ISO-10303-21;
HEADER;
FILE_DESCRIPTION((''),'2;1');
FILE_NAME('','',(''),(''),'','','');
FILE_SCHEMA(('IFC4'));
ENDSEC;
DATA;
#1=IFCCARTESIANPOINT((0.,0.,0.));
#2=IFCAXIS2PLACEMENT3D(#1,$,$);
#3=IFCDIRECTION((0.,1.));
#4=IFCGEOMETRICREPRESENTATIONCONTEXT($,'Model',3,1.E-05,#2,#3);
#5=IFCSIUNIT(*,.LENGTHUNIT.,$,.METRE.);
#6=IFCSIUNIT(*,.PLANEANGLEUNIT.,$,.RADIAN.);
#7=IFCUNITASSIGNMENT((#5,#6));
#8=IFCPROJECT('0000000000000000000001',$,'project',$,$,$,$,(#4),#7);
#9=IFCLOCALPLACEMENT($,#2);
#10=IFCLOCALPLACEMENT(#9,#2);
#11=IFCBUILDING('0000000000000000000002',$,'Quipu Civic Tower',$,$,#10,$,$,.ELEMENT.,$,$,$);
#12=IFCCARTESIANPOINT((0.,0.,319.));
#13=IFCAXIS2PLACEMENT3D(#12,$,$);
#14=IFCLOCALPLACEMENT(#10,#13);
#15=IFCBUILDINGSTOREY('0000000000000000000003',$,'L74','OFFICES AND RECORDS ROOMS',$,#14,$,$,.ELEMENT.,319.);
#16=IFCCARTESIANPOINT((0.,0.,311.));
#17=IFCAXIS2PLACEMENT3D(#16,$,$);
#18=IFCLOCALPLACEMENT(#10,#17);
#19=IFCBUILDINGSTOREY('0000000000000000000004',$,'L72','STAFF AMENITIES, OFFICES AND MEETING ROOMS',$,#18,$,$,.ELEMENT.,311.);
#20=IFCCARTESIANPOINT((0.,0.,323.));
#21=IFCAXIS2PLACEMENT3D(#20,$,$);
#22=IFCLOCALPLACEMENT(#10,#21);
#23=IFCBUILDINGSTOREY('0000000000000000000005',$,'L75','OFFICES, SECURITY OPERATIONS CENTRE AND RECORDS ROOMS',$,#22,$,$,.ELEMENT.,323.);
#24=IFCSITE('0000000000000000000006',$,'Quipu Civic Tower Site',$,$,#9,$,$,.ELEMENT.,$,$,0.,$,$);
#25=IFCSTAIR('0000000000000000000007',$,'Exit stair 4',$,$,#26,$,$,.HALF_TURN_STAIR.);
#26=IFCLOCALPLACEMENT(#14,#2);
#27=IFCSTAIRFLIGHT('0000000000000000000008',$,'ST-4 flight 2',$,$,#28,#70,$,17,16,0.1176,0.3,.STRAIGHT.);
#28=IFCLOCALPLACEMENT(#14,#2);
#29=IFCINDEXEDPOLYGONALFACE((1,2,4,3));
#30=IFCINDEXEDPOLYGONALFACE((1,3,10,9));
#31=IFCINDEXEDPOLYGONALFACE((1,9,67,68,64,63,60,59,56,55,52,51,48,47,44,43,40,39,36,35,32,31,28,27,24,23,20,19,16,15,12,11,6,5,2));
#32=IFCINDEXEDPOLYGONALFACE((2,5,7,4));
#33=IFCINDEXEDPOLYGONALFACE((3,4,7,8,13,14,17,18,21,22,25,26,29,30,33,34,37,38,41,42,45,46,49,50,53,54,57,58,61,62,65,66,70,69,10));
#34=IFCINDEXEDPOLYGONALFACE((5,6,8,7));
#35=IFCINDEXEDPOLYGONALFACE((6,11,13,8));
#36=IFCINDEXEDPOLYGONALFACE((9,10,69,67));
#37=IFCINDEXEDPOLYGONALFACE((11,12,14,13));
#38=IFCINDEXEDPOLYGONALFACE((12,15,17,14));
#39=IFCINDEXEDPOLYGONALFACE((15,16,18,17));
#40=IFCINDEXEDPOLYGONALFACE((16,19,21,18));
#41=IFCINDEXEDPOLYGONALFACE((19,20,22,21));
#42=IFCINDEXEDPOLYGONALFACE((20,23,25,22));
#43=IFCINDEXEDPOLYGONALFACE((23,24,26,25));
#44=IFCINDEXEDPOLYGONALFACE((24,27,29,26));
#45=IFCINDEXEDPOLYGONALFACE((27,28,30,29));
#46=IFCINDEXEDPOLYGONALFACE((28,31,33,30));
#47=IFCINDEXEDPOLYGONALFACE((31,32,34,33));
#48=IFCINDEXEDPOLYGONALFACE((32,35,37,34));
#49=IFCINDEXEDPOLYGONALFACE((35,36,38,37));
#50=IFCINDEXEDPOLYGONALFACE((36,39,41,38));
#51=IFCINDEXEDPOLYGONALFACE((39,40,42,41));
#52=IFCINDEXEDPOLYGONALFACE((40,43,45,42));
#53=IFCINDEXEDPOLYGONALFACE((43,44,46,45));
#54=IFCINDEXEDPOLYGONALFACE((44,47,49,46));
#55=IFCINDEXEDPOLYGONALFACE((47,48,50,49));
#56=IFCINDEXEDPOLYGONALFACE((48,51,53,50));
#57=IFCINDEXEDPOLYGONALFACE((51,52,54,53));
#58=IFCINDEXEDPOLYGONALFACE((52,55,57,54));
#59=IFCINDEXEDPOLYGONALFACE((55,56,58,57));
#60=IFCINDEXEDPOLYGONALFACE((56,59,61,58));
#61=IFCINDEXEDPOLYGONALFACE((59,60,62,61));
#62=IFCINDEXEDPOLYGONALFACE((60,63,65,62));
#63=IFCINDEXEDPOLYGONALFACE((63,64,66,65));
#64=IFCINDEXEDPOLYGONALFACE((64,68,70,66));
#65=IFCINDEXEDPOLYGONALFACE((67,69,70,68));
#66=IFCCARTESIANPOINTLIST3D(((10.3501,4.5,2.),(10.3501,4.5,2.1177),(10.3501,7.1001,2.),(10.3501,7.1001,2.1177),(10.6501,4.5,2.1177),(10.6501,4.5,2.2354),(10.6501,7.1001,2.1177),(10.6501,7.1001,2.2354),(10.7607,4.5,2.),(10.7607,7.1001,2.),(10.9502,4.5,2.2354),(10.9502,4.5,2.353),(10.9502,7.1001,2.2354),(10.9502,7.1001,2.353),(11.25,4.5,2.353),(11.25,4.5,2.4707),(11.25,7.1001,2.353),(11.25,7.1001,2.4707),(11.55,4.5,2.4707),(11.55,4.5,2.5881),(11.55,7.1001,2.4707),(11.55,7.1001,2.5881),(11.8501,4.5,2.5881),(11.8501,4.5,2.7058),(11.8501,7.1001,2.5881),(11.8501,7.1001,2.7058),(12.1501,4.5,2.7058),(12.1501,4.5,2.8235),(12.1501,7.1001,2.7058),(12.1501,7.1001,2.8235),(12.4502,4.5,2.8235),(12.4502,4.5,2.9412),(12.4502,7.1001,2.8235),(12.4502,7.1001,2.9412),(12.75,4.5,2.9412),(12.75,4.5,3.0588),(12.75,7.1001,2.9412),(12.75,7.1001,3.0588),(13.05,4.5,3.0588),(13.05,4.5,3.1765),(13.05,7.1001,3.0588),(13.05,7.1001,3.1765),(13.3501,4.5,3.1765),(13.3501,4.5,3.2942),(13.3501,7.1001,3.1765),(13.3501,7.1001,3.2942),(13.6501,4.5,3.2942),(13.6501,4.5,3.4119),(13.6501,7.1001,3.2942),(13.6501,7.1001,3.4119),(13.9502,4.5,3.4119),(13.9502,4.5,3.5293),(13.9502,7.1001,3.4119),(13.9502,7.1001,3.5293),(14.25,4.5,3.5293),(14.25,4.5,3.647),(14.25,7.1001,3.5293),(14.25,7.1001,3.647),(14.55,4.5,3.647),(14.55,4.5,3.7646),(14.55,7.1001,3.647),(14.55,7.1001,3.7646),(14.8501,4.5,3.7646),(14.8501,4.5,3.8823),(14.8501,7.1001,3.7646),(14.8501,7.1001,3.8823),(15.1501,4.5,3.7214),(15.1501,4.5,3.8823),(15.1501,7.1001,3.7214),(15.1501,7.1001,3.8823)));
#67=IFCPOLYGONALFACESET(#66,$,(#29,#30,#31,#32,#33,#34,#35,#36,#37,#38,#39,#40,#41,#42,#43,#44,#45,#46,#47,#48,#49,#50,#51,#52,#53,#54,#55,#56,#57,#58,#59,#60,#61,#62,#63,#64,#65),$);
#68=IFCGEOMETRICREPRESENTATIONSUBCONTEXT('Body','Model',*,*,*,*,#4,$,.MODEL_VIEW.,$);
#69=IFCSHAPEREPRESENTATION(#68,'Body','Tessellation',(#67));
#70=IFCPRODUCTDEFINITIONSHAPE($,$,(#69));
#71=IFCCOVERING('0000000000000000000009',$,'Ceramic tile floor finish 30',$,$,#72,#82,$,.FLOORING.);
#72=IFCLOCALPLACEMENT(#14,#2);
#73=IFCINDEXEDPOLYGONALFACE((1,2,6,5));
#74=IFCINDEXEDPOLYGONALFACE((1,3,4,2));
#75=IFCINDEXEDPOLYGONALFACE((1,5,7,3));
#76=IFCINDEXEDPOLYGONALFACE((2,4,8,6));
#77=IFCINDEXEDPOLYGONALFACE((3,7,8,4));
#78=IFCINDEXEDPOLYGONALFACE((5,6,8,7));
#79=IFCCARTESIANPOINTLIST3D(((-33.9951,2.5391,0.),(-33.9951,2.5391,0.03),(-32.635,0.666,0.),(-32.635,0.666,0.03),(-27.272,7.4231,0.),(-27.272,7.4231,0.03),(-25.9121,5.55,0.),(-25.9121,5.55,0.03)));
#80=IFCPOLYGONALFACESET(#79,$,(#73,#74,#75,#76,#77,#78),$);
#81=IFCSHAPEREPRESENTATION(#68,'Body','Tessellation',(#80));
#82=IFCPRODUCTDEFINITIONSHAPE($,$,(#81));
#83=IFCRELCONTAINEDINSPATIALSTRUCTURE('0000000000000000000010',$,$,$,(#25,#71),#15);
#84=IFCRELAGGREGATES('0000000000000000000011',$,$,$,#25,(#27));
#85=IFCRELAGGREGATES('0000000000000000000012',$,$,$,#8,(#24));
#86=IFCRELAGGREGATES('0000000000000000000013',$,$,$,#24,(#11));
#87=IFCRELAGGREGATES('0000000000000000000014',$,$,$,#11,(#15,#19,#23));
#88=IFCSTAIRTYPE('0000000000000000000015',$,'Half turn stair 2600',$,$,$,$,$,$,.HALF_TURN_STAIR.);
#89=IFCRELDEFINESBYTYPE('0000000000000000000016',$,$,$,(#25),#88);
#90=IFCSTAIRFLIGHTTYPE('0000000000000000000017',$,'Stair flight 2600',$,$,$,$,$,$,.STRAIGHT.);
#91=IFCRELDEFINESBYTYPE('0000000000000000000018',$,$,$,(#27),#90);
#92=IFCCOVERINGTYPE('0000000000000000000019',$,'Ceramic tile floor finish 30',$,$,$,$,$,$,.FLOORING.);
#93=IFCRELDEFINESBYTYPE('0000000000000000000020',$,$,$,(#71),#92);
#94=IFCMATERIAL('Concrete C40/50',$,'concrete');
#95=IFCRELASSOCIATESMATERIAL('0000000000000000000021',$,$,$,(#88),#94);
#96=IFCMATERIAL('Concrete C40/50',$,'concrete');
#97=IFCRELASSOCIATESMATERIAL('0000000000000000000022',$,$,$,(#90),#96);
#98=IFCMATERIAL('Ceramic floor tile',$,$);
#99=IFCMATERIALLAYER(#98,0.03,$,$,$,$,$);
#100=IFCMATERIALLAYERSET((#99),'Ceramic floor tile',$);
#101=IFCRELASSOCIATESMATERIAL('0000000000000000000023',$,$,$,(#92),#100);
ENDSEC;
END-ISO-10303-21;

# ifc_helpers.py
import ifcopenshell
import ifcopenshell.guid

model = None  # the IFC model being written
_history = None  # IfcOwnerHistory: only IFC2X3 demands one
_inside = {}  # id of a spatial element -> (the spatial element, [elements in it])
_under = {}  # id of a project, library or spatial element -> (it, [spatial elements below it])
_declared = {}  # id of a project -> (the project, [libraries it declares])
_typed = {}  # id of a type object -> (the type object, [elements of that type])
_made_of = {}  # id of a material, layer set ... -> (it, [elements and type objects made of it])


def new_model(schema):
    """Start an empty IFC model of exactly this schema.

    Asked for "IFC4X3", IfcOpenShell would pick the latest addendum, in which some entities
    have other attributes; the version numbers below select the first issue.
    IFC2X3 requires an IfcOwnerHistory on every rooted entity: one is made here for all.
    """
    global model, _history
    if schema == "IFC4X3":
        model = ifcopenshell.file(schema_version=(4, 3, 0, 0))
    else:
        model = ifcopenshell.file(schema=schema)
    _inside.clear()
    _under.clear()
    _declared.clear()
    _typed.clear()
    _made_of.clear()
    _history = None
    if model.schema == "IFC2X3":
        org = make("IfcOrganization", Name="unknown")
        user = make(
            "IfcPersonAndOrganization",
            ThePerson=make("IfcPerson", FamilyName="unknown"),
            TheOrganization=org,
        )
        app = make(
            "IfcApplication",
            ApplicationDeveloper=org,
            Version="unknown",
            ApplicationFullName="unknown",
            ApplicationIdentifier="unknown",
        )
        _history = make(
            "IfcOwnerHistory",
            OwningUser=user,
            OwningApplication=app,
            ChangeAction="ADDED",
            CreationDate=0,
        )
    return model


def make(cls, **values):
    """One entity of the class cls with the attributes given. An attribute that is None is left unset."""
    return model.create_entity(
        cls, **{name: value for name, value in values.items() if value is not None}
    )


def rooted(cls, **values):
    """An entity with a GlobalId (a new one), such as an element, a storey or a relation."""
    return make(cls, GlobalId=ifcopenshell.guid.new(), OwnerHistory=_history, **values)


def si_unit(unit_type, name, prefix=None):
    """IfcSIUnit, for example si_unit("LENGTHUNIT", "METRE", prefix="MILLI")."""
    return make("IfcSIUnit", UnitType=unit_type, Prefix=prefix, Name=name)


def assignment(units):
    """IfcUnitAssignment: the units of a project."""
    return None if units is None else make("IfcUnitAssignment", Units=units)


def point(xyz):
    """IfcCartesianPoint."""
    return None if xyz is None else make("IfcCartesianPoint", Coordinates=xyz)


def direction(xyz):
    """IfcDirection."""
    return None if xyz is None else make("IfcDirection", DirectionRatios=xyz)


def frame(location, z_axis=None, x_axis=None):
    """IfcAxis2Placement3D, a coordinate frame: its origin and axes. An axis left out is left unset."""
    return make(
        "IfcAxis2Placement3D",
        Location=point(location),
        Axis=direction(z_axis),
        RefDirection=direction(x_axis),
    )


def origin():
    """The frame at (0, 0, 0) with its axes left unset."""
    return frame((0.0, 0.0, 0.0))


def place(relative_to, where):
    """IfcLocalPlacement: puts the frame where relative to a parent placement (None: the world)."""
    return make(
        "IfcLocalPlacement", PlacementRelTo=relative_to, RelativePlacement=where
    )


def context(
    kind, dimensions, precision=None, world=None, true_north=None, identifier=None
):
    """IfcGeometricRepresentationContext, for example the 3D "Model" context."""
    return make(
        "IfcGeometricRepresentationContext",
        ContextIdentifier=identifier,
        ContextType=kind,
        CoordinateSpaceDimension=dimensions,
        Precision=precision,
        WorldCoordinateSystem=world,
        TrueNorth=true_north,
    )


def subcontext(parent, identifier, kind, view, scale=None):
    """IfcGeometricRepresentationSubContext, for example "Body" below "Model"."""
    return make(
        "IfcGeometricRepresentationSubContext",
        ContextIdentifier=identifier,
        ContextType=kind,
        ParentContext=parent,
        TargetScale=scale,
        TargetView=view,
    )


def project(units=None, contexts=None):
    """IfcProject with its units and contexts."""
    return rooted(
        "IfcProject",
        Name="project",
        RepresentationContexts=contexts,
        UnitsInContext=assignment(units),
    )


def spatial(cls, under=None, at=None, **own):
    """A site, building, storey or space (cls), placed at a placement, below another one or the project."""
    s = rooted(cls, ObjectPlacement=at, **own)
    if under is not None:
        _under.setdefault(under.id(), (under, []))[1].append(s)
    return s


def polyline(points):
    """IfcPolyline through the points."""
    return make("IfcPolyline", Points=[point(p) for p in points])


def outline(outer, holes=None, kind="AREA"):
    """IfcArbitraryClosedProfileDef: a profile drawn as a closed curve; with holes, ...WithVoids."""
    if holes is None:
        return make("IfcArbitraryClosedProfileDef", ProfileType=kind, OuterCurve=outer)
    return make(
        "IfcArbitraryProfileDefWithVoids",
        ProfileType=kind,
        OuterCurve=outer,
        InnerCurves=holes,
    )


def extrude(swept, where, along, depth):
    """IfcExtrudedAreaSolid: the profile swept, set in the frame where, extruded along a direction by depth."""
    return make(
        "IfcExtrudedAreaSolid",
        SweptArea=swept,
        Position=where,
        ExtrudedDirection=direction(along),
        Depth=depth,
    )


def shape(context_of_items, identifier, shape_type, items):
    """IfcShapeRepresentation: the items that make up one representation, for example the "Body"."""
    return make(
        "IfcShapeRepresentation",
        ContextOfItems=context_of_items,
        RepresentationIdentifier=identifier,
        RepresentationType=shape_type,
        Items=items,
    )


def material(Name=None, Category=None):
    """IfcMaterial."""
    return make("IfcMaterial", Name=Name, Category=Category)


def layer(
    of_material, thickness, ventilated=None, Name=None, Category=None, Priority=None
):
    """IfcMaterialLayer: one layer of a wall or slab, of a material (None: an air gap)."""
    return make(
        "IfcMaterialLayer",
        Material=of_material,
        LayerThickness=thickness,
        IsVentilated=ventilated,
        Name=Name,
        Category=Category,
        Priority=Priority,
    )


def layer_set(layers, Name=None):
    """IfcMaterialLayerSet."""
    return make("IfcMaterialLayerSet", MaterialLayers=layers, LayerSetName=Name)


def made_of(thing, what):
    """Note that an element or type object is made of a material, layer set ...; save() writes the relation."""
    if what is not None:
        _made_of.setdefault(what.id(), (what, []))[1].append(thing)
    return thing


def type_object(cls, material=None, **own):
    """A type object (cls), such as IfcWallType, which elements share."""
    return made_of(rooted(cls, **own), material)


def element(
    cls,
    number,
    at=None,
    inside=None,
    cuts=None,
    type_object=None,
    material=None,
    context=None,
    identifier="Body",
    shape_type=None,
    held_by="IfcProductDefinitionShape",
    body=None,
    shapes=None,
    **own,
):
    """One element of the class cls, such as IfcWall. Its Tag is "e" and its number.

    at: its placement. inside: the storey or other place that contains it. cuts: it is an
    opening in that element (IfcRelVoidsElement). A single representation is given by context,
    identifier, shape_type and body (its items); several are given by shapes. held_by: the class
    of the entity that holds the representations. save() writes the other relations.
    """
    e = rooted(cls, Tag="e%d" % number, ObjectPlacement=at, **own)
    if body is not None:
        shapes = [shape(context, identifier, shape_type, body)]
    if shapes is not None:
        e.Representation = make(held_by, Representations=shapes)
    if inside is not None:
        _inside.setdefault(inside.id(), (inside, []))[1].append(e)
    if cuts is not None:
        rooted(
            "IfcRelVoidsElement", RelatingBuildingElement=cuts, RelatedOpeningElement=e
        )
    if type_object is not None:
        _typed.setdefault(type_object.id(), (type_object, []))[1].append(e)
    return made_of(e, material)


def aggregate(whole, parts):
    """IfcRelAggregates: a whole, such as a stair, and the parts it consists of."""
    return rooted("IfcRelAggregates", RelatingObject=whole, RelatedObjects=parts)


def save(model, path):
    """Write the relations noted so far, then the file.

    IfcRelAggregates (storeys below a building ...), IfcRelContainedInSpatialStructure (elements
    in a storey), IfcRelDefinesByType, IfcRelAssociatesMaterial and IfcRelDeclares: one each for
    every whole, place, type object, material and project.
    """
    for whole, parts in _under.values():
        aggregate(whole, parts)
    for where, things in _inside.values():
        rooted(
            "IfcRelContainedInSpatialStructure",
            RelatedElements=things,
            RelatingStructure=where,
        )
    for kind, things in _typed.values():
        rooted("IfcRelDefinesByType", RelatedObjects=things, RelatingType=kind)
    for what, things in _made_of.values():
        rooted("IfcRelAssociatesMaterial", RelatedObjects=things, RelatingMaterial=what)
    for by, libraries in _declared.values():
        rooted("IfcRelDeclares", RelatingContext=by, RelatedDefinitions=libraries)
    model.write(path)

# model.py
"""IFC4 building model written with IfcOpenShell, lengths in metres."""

from ifc_helpers import new_model, si_unit, direction, frame, origin, place, context, subcontext, project, spatial, polyline, outline, extrude, material, layer, layer_set, type_object, element, aggregate, save


model = new_model("IFC4")

# Units and contexts
model_context = context("Model", 3, precision=1e-05, world=origin(), true_north=direction((0.0, 1.0)))
body_context = subcontext(model_context, "Body", "Model", "MODEL_VIEW")
ifc_project = project(units=[si_unit("LENGTHUNIT", "METRE"), si_unit("PLANEANGLEUNIT", "RADIAN")], contexts=[model_context])

# Site, building, storey
site_placement = place(None, origin())
site = spatial("IfcSite", under=ifc_project, at=site_placement, Name="Quipu Civic Tower Site", CompositionType="ELEMENT", RefElevation=0.0)
building_placement = place(site_placement, origin())
building = spatial("IfcBuilding", under=site, at=building_placement, Name="Quipu Civic Tower", CompositionType="ELEMENT")
storey_1_placement = place(building_placement, frame((0.0, 0.0, 319.0)))
storey_1 = spatial("IfcBuildingStorey", under=building, at=storey_1_placement, Name="L74", Description="OFFICES AND RECORDS ROOMS", CompositionType="ELEMENT", Elevation=319.0)

# Shared definitions
storey_2_placement = place(building_placement, frame((0.0, 0.0, 311.0)))
storey_2 = spatial("IfcBuildingStorey", under=building, at=storey_2_placement, Name="L72", Description="STAFF AMENITIES, OFFICES AND MEETING ROOMS", CompositionType="ELEMENT", Elevation=311.0)

# Shared definitions
storey_3_placement = place(building_placement, frame((0.0, 0.0, 323.0)))
storey_3 = spatial("IfcBuildingStorey", under=building, at=storey_3_placement, Name="L75", Description="OFFICES, SECURITY OPERATIONS CENTRE AND RECORDS ROOMS", CompositionType="ELEMENT", Elevation=323.0)

# Stair, stair flight
ifc_material_1 = material(Name="Concrete C40/50", Category="concrete")
stair_type = type_object("IfcStairType", Name="Half turn stair 2600", PredefinedType="HALF_TURN_STAIR", material=ifc_material_1)
stair_placement = place(storey_1_placement, origin())
stair = element("IfcStair", 1, at=stair_placement, inside=storey_1, type_object=stair_type, Name="Exit stair 4", PredefinedType="HALF_TURN_STAIR")
ifc_material_2 = material(Name="Concrete C40/50", Category="concrete")
stair_flight_type = type_object("IfcStairFlightType", Name="Stair flight 2600", PredefinedType="STRAIGHT", material=ifc_material_2)
stair_flight_placement = place(storey_1_placement, frame((10.3501, 5.8, 2.0), z_axis=(0.0, 0.0, 1.0), x_axis=(1.0, 0.0, 0.0)))
stair_flight = element("IfcStairFlight", 2, at=stair_flight_placement, type_object=stair_flight_type, Name="ST-4 flight 2", NumberOfRisers=17, NumberOfTreads=16, PredefinedType="STRAIGHT", RiserHeight=0.1176, TreadLength=0.3, context=body_context, shape_type="SweptSolid", body=[
    extrude(outline(polyline([(0.0, 0.0), (0.0, 0.1177), (0.3, 0.1177), (0.3, 0.2354), (0.6001, 0.2354), (0.6001, 0.353), (0.8999, 0.353), (0.8999, 0.4707), (1.2, 0.4707), (1.2, 0.5881), (1.5, 0.5881), (1.5, 0.7058), (1.8, 0.7058), (1.8, 0.8235), (2.1001, 0.8235), (2.1001, 0.9412), (2.3999, 0.9412), (2.3999, 1.0588), (2.7, 1.0588), (2.7, 1.1765), (3.0, 1.1765), (3.0, 1.2942), (3.3, 1.2942), (3.3, 1.4119), (3.6001, 1.4119), (3.6001, 1.5293), (3.8999, 1.5293), (3.8999, 1.647), (4.2, 1.647), (4.2, 1.7646), (4.5, 1.7646), (4.5, 1.8823), (4.8, 1.8823), (4.8, 2.0), (4.8, 1.7214), (0.4106, 0.0), (0.0, 0.0)])), frame((0.0, 1.3, 0.0), z_axis=(0.0, -1.0, 0.0), x_axis=(1.0, 0.0, 0.0)), (0.0, 0.0, 1.0), 2.6001),
])
aggregate(stair, [stair_flight])

# Covering
ifc_material_3 = material(Name="Ceramic floor tile")
ifc_layer_1 = layer(ifc_material_3, 0.03)
ifc_layer_set_1 = layer_set([ifc_layer_1], Name="Ceramic floor tile")
covering_type = type_object("IfcCoveringType", Name="Ceramic tile floor finish 30", PredefinedType="FLOORING", material=ifc_layer_set_1)
covering_placement = place(storey_1_placement, origin())
element("IfcCovering", 3, at=covering_placement, inside=storey_1, type_object=covering_type, Name="Ceramic tile floor finish 30", PredefinedType="FLOORING", context=body_context, shape_type="SweptSolid", body=[
    extrude(outline(polyline([(-33.9951, 2.5391), (-27.272, 7.4231), (-25.9121, 5.55), (-32.635, 0.666), (-33.9951, 2.5391)])), origin(), (0.0, 0.0, 1.0), 0.03),
])

save(model, "model.ifc")
